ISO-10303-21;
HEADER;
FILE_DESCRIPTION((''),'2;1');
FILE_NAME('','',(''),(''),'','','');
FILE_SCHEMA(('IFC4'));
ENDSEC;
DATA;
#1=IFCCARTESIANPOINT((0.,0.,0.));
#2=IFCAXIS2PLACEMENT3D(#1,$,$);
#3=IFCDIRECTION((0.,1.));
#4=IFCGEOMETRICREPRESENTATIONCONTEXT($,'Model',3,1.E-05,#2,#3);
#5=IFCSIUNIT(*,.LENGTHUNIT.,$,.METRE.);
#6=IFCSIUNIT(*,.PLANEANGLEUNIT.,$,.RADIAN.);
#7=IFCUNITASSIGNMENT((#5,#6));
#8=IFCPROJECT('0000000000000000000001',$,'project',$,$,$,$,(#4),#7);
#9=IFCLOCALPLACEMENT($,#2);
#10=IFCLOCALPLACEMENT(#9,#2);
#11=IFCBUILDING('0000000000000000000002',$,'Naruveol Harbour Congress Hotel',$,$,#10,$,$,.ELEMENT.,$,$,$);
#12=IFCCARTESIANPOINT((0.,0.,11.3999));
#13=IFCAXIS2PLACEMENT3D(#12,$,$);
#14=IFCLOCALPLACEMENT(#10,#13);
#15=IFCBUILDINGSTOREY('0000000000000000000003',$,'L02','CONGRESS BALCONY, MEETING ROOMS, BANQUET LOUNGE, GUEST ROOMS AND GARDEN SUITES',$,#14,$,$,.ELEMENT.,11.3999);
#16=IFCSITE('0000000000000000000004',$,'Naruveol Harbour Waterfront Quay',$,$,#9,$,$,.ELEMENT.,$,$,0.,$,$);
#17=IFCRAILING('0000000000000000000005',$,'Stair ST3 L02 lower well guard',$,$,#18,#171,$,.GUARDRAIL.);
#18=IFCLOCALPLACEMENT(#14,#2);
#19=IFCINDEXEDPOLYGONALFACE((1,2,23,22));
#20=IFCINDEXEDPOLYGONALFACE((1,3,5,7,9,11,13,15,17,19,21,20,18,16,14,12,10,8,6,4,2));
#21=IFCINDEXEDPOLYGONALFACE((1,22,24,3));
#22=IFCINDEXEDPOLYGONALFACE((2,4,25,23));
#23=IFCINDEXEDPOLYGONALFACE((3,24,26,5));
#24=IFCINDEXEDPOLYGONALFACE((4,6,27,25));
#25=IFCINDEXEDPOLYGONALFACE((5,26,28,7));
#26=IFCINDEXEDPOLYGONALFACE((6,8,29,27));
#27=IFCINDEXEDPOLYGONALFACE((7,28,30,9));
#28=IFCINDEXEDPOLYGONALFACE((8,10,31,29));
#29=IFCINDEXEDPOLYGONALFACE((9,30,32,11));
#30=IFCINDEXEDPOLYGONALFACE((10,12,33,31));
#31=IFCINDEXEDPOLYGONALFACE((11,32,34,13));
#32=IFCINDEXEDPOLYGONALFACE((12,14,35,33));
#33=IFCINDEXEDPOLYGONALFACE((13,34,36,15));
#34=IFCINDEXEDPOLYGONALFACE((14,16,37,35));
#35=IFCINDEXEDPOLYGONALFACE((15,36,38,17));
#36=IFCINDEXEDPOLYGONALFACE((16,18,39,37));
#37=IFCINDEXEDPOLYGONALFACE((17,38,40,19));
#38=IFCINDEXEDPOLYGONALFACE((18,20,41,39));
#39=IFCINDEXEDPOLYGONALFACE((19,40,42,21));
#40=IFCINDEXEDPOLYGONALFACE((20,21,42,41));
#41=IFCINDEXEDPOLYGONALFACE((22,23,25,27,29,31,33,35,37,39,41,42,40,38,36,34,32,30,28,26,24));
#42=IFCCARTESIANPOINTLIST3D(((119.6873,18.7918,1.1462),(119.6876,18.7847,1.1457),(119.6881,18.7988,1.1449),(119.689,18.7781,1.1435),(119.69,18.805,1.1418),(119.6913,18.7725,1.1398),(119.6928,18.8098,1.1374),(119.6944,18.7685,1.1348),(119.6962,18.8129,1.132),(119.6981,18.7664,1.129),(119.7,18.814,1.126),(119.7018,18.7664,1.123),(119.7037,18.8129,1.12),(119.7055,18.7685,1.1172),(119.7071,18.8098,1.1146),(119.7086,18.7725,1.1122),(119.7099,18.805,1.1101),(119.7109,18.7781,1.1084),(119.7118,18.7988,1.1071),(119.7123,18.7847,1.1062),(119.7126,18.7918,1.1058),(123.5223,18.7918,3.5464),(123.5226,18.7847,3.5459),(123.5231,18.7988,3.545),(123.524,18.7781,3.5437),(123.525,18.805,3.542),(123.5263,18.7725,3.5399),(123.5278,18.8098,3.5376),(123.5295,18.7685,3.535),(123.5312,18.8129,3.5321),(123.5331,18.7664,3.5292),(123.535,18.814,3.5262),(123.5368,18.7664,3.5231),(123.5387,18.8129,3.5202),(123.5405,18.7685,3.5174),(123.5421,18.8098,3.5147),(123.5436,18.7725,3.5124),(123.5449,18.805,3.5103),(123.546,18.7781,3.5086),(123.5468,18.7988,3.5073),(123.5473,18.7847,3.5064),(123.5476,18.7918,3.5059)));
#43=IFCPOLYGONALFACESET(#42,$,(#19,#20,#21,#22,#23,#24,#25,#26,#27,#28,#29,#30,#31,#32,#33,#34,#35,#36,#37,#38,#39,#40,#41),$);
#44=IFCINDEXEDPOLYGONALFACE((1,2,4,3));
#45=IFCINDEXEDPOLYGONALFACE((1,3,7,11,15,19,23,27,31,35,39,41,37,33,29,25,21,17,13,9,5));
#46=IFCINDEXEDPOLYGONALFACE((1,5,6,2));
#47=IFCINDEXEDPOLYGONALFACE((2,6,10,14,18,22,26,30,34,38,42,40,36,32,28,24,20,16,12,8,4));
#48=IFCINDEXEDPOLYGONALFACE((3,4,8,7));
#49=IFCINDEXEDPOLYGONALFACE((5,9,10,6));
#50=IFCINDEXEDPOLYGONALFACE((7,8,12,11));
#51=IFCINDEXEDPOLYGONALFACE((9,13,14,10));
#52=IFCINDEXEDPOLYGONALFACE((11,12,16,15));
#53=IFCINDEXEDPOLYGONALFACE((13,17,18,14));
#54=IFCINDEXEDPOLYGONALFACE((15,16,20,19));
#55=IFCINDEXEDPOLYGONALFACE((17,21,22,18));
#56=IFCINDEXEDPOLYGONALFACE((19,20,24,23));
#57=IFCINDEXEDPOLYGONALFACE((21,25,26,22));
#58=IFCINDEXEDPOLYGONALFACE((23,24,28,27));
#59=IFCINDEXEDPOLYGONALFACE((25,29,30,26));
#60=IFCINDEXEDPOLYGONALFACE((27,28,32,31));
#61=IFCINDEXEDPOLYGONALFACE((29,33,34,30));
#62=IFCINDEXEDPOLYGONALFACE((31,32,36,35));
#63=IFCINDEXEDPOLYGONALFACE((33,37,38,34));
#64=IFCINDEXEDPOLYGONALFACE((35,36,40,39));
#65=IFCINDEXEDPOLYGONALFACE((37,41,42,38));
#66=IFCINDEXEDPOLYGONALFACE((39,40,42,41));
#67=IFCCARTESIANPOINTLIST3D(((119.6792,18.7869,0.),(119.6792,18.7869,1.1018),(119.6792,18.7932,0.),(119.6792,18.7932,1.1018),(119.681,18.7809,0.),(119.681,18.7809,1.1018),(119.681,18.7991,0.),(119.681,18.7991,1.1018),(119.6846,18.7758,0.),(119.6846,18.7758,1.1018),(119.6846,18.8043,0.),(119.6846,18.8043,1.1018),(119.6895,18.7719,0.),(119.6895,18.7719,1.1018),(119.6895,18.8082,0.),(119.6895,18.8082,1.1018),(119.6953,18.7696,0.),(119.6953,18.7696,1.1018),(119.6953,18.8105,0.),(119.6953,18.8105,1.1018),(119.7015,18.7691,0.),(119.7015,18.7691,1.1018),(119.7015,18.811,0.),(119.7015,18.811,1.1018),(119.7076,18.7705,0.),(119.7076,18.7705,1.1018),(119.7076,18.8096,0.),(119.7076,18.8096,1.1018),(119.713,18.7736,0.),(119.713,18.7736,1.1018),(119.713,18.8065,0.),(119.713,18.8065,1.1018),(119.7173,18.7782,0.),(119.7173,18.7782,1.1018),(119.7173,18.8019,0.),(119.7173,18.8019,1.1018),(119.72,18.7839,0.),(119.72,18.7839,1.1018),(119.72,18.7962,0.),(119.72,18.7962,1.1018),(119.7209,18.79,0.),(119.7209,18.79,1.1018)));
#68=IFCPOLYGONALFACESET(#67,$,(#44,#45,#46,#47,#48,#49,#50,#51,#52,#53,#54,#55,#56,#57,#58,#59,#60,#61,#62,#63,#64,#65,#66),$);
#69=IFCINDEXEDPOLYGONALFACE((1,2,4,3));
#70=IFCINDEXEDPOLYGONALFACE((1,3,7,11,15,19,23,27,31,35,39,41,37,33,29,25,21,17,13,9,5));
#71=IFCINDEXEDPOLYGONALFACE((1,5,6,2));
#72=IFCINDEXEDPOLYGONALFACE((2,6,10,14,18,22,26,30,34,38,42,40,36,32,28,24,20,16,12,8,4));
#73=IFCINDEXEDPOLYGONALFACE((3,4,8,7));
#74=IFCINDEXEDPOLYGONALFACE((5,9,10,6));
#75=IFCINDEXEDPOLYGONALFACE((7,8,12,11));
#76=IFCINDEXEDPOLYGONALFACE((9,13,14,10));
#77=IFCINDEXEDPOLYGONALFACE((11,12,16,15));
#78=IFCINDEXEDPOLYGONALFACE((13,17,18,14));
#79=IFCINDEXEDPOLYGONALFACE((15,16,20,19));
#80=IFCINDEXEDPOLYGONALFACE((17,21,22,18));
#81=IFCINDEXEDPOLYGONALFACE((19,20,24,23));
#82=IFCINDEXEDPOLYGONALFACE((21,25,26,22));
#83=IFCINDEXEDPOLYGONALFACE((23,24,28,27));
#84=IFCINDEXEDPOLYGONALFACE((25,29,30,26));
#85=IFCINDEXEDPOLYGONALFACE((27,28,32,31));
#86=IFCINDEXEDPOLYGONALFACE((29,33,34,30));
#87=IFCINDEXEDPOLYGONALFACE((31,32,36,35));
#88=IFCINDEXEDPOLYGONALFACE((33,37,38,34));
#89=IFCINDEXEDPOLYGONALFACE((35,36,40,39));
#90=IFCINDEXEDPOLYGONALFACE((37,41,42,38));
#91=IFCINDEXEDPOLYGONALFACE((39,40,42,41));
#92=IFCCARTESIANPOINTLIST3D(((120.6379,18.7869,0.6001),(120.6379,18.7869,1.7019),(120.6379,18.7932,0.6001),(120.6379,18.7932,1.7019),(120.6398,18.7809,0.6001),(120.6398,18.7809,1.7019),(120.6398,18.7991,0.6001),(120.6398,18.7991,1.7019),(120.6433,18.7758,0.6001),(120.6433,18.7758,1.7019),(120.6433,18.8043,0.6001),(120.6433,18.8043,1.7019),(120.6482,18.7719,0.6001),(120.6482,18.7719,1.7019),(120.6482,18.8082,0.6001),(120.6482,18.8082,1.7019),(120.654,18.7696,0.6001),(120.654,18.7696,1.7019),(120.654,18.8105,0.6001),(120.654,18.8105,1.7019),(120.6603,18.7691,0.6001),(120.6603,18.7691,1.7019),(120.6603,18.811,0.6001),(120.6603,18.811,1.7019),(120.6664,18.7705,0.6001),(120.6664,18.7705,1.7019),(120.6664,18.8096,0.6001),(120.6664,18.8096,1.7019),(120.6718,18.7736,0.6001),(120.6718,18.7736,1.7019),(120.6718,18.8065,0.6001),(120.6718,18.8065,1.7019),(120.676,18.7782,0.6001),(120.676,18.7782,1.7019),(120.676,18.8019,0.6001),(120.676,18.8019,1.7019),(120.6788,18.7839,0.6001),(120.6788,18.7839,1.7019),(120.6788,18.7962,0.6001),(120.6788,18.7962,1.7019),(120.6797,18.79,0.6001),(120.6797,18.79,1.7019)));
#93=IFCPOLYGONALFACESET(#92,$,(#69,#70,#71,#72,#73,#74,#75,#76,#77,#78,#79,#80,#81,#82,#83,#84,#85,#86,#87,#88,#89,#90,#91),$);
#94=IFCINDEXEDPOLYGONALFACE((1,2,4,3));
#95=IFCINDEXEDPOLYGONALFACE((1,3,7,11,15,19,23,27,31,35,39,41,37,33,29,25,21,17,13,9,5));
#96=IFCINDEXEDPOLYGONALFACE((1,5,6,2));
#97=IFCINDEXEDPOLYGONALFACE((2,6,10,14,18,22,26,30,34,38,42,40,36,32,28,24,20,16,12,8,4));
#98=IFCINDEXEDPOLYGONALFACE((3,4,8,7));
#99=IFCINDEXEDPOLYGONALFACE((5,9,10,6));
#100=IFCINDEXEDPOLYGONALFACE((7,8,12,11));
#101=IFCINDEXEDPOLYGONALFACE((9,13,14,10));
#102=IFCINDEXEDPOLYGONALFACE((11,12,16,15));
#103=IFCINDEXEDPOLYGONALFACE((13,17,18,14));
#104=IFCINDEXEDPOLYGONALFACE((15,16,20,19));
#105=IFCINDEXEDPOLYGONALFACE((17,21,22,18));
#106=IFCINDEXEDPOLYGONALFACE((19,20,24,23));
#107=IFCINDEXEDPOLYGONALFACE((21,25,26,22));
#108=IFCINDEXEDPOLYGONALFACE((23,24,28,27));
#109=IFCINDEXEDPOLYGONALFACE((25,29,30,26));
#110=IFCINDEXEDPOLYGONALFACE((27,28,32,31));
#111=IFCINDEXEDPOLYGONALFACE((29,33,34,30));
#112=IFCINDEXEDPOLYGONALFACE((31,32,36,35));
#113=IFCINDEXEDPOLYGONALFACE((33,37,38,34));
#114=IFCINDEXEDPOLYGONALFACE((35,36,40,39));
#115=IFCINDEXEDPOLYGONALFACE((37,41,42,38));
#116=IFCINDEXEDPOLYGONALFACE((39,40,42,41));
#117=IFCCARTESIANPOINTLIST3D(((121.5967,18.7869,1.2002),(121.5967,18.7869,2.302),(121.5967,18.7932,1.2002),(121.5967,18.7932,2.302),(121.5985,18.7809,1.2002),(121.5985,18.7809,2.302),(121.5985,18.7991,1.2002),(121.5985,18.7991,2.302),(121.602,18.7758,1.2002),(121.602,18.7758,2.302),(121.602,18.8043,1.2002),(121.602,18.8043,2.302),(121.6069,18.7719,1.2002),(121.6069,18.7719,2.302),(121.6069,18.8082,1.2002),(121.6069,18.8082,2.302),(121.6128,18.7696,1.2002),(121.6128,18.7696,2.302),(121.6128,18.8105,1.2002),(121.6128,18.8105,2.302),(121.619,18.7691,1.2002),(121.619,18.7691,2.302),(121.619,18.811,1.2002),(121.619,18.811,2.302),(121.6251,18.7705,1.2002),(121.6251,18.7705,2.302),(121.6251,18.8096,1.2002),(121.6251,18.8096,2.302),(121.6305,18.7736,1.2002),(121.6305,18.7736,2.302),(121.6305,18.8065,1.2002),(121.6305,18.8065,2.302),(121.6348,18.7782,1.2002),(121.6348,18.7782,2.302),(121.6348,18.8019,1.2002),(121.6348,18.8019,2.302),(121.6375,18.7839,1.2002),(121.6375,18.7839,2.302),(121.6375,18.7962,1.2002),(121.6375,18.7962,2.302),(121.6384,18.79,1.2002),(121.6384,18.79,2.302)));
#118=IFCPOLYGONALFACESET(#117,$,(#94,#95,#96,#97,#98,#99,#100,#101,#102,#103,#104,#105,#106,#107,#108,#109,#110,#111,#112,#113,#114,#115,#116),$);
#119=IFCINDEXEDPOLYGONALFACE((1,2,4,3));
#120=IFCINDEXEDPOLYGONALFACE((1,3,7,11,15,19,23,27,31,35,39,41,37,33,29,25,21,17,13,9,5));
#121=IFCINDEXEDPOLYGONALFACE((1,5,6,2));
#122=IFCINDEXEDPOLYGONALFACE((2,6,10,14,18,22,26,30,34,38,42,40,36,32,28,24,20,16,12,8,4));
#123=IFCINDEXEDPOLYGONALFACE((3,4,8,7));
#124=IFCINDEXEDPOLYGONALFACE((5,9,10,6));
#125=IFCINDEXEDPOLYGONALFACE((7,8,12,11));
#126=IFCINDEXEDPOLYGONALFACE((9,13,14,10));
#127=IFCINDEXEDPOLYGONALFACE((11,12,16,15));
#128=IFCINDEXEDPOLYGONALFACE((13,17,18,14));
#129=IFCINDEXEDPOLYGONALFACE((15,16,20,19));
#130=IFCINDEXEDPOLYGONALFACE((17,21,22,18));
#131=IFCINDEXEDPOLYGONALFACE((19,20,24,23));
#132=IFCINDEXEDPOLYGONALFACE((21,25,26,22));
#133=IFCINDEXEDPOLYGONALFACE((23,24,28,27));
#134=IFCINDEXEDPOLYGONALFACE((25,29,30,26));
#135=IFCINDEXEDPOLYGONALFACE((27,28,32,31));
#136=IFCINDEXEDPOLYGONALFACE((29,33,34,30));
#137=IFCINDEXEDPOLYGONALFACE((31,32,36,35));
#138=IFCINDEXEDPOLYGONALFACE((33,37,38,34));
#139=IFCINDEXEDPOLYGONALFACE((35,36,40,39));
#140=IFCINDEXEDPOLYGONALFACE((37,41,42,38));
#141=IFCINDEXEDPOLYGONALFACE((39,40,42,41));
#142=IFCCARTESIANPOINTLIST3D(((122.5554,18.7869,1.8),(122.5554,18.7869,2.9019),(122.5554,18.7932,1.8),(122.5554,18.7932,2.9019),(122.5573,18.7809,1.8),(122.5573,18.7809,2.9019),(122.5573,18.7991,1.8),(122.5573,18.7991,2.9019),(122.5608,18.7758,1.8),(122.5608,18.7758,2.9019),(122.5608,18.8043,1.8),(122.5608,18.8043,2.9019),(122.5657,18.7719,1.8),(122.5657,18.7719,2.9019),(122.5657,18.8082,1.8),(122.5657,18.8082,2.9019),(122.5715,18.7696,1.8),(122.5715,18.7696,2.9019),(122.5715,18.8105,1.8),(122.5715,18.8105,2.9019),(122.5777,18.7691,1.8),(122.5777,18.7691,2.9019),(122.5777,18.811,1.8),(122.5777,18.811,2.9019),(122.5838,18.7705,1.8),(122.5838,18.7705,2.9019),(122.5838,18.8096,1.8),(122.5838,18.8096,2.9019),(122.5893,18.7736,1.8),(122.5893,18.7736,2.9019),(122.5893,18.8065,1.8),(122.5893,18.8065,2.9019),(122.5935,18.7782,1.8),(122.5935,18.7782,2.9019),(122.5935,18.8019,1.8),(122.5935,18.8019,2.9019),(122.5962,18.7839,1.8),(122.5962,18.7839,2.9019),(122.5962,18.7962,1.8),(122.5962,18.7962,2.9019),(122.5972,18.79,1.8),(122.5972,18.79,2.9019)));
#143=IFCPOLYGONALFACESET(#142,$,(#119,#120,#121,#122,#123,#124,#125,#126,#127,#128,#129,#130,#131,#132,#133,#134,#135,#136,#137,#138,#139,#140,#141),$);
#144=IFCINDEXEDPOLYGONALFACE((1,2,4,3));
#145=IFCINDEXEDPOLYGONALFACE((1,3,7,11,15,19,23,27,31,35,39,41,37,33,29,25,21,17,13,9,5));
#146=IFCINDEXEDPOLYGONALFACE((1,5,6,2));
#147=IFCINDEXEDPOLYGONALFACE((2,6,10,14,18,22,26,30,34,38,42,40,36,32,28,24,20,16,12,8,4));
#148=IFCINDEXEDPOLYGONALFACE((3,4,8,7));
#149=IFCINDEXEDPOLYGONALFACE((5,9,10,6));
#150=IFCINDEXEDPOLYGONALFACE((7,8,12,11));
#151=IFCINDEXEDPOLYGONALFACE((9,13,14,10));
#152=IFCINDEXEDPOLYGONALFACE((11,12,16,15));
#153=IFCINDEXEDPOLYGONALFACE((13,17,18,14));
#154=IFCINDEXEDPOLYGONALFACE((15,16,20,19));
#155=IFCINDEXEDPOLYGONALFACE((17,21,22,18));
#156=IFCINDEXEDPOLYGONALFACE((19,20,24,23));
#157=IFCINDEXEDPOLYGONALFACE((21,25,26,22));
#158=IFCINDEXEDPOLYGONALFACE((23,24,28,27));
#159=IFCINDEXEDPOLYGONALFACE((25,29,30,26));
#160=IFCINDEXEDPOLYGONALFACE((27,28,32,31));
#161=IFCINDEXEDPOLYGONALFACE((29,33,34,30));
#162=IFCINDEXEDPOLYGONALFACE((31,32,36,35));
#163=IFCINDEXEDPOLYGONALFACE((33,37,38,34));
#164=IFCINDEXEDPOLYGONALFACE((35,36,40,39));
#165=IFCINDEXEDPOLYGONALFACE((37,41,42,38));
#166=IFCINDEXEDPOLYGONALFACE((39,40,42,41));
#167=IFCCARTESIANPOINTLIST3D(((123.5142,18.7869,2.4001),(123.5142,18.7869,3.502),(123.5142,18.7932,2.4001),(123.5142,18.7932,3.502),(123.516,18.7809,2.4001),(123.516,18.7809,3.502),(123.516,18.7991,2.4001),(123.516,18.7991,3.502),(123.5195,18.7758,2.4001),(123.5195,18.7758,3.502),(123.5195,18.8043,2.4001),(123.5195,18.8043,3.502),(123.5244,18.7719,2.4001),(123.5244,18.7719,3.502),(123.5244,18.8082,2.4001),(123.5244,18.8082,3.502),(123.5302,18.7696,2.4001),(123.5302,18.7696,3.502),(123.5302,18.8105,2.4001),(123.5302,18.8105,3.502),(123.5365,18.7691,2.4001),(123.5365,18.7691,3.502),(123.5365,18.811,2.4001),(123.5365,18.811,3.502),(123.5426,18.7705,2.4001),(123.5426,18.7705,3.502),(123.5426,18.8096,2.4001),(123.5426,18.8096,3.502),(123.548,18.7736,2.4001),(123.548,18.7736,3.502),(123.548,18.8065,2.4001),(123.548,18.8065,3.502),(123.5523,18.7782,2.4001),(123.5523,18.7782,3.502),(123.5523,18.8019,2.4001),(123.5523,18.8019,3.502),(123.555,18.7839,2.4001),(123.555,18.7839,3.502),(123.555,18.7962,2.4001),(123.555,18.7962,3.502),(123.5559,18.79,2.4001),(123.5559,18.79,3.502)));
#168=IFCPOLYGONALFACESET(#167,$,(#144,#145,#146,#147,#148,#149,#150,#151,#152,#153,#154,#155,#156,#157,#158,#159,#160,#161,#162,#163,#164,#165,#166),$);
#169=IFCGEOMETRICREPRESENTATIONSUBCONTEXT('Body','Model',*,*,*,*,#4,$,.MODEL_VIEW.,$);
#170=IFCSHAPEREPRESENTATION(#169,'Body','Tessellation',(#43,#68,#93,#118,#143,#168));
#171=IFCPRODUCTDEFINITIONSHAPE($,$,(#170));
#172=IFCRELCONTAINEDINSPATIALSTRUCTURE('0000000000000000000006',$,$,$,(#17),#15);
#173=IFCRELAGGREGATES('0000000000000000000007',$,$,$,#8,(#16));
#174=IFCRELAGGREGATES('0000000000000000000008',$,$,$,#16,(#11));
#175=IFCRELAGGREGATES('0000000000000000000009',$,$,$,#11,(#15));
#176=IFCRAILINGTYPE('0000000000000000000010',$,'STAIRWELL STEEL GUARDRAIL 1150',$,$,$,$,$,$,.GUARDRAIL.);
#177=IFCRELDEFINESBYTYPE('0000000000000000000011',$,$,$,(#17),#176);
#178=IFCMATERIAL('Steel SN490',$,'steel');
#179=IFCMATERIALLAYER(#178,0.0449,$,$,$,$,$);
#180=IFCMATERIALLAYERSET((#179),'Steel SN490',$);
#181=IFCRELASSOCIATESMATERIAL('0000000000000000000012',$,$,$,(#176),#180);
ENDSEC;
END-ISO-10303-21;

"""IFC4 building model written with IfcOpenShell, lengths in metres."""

from ifc_helpers import new_model, si_unit, direction, frame, origin, origin_2d, place, context, subcontext, project, spatial, circle, extrude, material, layer, layer_set, type_object, element, save


model = new_model("IFC4")

# Units and contexts
model_context = context("Model", 3, precision=1e-05, world=origin(), true_north=direction((0.0, 1.0)))
body_context = subcontext(model_context, "Body", "Model", "MODEL_VIEW")
ifc_project = project(units=[si_unit("LENGTHUNIT", "METRE"), si_unit("PLANEANGLEUNIT", "RADIAN")], contexts=[model_context])

# Site, building, storey
site_placement = place(None, origin())
site = spatial("IfcSite", under=ifc_project, at=site_placement, Name="Naruveol Harbour Waterfront Quay", CompositionType="ELEMENT", RefElevation=0.0)
building_placement = place(site_placement, origin())
building = spatial("IfcBuilding", under=site, at=building_placement, Name="Naruveol Harbour Congress Hotel", CompositionType="ELEMENT")
storey_placement = place(building_placement, frame((0.0, 0.0, 11.3999)))
storey = spatial("IfcBuildingStorey", under=building, at=storey_placement, Name="L02", Description="CONGRESS BALCONY, MEETING ROOMS, BANQUET LOUNGE, GUEST ROOMS AND GARDEN SUITES", CompositionType="ELEMENT", Elevation=11.3999)

# Railing
ifc_material_1 = material(Name="Steel SN490", Category="steel")
ifc_layer_1 = layer(ifc_material_1, 0.0449)
ifc_layer_set_1 = layer_set([ifc_layer_1], Name="Steel SN490")
railing_type_1 = type_object("IfcRailingType", Name="STAIRWELL STEEL GUARDRAIL 1150", PredefinedType="GUARDRAIL", material=ifc_layer_set_1)
railing_1_placement = place(storey_placement, frame((119.7, 18.79, 0.0)))
element("IfcRailing", 1, at=railing_1_placement, inside=storey, type_object=railing_type_1, Name="Stair ST3 L02 lower well guard", PredefinedType="GUARDRAIL", context=body_context, shape_type="SweptSolid", body=[
    extrude(circle(Radius=0.0239, at=origin_2d()), frame((0.0, 0.0, 1.126), z_axis=(0.847671, 0.0, 0.530523), x_axis=(0.0, 1.0, 0.0)), (0.0, 0.0, 1.0), 4.5242),
    extrude(circle(Radius=0.021, at=origin_2d()), origin(), (0.0, 0.0, 1.0), 1.1018),
    extrude(circle(Radius=0.021, at=origin_2d()), frame((0.9587, 0.0, 0.6001)), (0.0, 0.0, 1.0), 1.1018),
    extrude(circle(Radius=0.021, at=origin_2d()), frame((1.9175, 0.0, 1.2002)), (0.0, 0.0, 1.0), 1.1018),
    extrude(circle(Radius=0.021, at=origin_2d()), frame((2.8762, 0.0, 1.8)), (0.0, 0.0, 1.0), 1.1018),
    extrude(circle(Radius=0.021, at=origin_2d()), frame((3.835, 0.0, 2.4001)), (0.0, 0.0, 1.0), 1.1018),
])

save(model, "model.ifc")
